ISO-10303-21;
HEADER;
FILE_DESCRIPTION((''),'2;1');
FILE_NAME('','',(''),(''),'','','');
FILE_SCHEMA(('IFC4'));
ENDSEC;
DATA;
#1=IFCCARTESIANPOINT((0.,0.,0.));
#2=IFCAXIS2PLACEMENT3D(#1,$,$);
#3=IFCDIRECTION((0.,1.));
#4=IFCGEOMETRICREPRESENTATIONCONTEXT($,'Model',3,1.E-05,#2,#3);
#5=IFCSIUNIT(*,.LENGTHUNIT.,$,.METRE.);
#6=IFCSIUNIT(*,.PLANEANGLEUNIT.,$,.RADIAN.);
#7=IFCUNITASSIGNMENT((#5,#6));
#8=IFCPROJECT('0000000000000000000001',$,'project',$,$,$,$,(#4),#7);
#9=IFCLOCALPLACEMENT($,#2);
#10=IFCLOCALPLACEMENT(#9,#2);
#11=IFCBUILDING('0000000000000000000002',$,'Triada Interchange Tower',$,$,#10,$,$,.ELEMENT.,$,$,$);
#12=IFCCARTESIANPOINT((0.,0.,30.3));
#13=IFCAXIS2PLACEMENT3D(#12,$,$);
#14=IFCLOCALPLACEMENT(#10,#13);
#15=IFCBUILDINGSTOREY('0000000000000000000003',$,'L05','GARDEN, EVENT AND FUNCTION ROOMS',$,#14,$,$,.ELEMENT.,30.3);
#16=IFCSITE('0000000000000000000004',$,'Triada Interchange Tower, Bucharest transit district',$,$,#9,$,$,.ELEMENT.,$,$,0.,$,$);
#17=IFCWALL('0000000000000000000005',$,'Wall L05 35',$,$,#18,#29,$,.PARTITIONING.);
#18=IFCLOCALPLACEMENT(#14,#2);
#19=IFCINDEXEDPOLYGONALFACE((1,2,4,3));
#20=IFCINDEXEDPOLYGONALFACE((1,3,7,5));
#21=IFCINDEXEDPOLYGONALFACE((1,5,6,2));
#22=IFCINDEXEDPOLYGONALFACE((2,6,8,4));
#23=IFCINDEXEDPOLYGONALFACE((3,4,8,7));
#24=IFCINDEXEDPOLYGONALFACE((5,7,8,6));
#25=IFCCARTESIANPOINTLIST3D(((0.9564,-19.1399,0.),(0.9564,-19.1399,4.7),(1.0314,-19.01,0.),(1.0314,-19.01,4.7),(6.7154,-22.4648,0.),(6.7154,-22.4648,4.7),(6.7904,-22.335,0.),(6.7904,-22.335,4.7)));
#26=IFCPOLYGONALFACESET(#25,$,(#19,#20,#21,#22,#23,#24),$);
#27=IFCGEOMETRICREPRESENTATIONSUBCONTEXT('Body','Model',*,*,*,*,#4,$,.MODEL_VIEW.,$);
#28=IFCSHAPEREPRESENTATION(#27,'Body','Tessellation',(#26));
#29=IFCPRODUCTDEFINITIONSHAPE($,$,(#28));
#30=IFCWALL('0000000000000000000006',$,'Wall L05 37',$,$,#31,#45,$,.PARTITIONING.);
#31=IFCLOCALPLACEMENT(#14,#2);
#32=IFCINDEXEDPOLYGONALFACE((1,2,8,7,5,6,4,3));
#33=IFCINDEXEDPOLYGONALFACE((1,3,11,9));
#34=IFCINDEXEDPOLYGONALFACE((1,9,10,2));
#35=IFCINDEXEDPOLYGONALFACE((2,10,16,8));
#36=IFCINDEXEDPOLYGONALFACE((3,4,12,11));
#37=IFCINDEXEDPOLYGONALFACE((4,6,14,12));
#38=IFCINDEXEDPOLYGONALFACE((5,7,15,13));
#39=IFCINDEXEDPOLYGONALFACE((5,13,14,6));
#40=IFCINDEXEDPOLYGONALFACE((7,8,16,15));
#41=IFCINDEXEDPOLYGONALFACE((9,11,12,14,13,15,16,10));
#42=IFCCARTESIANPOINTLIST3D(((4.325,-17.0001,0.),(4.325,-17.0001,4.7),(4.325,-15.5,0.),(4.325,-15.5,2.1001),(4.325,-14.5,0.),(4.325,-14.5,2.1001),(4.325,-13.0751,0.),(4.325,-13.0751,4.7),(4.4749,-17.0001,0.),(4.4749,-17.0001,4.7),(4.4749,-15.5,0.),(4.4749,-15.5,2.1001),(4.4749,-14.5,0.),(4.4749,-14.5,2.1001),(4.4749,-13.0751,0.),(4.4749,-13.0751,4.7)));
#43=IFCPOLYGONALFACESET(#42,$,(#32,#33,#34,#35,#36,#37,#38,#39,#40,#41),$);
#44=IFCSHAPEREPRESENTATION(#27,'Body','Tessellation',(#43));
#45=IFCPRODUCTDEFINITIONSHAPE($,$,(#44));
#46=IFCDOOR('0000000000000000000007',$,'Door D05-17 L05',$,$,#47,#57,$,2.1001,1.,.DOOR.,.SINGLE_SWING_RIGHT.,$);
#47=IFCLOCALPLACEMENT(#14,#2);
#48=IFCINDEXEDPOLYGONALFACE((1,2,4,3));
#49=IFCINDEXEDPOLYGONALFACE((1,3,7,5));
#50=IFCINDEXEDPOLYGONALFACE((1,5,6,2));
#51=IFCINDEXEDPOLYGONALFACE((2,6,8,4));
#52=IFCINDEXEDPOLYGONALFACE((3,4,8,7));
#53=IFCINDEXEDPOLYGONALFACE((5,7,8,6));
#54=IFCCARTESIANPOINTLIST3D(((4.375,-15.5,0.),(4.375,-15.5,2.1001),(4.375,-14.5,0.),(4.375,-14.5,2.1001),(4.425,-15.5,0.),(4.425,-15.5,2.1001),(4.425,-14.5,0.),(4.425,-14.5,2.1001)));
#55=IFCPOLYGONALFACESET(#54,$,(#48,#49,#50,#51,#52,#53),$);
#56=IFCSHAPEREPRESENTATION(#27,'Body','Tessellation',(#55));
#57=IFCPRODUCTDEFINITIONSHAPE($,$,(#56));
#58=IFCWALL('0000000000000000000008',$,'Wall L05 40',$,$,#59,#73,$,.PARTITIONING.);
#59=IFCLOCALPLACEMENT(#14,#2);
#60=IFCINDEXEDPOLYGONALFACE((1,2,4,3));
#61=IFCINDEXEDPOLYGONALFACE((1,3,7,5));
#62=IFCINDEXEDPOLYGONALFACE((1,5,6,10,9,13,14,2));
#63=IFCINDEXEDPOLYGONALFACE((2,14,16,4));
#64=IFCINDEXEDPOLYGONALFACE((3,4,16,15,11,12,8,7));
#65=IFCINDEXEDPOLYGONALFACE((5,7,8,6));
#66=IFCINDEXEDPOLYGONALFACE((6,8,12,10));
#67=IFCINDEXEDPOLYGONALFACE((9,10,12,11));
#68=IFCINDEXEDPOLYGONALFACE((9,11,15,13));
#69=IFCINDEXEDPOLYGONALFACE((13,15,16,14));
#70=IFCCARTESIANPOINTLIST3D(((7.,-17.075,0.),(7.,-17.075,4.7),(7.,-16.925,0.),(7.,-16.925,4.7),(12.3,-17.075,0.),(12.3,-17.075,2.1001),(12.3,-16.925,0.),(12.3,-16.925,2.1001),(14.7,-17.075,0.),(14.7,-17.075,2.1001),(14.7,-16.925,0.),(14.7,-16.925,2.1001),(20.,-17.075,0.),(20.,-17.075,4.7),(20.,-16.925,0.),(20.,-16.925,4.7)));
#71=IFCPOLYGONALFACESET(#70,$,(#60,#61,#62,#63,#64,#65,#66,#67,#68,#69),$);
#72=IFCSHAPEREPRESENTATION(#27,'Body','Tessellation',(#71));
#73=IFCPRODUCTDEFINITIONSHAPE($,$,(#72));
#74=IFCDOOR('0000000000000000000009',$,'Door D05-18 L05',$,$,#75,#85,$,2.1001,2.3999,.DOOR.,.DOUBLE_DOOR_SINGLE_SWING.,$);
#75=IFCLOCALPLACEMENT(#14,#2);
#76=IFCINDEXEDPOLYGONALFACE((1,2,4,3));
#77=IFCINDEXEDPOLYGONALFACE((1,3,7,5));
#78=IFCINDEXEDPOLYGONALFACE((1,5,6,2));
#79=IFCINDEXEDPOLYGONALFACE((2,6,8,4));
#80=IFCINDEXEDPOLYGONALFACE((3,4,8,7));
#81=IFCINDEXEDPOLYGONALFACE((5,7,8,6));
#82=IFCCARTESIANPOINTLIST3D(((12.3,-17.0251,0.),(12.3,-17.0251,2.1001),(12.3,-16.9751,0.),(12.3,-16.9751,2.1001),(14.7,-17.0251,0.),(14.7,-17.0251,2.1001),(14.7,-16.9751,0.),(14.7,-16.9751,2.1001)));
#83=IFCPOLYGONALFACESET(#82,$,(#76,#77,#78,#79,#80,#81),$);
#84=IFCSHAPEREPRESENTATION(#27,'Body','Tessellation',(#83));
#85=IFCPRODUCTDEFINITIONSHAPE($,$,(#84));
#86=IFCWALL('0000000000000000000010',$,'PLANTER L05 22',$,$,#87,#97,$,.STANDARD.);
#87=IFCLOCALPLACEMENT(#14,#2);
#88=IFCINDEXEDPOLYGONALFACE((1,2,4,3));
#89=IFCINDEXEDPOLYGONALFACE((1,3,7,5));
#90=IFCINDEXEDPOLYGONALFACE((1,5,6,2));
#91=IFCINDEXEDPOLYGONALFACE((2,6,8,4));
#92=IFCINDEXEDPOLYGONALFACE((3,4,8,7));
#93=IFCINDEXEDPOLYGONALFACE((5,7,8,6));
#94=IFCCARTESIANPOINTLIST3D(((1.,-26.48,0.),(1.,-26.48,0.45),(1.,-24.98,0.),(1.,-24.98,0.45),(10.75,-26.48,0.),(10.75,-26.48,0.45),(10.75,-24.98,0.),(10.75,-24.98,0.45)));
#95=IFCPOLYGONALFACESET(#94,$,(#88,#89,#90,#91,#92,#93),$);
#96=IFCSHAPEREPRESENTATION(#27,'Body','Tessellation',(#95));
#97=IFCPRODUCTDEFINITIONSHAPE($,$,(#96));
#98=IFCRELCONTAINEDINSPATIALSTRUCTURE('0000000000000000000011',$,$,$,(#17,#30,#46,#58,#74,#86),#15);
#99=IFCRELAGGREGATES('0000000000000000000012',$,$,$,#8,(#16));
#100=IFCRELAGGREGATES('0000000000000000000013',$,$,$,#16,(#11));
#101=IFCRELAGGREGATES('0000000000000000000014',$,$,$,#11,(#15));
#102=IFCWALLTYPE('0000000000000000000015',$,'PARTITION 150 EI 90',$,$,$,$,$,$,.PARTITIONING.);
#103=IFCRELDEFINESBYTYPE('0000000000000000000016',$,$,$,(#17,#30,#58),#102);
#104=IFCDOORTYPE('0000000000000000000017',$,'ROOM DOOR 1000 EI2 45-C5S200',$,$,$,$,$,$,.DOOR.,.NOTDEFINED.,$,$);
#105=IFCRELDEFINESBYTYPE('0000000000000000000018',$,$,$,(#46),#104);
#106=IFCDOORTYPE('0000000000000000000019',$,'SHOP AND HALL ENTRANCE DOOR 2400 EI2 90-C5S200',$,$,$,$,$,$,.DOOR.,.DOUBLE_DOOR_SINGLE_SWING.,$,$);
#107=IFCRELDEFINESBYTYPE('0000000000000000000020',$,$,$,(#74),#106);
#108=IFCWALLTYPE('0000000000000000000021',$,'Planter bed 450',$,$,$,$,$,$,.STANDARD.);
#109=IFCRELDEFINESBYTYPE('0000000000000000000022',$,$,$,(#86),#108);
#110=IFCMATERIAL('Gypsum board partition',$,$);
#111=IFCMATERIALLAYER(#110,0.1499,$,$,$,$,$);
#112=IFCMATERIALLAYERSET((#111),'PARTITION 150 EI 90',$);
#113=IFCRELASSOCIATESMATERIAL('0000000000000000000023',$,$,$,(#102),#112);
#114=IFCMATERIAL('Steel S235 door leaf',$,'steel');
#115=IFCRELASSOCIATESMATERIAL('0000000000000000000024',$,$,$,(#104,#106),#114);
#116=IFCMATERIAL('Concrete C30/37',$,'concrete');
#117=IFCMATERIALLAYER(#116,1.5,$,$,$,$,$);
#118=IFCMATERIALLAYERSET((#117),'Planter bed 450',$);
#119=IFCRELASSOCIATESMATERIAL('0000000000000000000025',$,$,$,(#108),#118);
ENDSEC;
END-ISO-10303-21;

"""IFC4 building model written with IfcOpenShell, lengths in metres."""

from ifc_helpers import new_model, si_unit, direction, frame, frame_2d, origin, place, context, subcontext, project, spatial, rectangle, extrude, material, layer, layer_set, type_object, element, fill, save


model = new_model("IFC4")

# Units and contexts
model_context = context("Model", 3, precision=1e-05, world=origin(), true_north=direction((0.0, 1.0)))
body_context = subcontext(model_context, "Body", "Model", "MODEL_VIEW")
ifc_project = project(units=[si_unit("LENGTHUNIT", "METRE"), si_unit("PLANEANGLEUNIT", "RADIAN")], contexts=[model_context])

# Site, building, storey
site_placement = place(None, origin())
site = spatial("IfcSite", under=ifc_project, at=site_placement, Name="Triada Interchange Tower, Bucharest transit district", CompositionType="ELEMENT", RefElevation=0.0)
building_placement = place(site_placement, origin())
building = spatial("IfcBuilding", under=site, at=building_placement, Name="Triada Interchange Tower", CompositionType="ELEMENT")
storey_placement = place(building_placement, frame((0.0, 0.0, 30.3)))
storey = spatial("IfcBuildingStorey", under=building, at=storey_placement, Name="L05", Description="GARDEN, EVENT AND FUNCTION ROOMS", CompositionType="ELEMENT", Elevation=30.3)

# Wall
ifc_material_1 = material(Name="Gypsum board partition")
ifc_layer_1 = layer(ifc_material_1, 0.1499)
ifc_layer_set_1 = layer_set([ifc_layer_1], Name="PARTITION 150 EI 90")
wall_type_1 = type_object("IfcWallType", Name="PARTITION 150 EI 90", PredefinedType="PARTITIONING", material=ifc_layer_set_1)
wall_1_placement = place(storey_placement, frame((0.9939, -19.075, 0.0), z_axis=(0.0, 0.0, 1.0), x_axis=(0.866027, -0.499997, 0.0)))
element("IfcWall", 1, at=wall_1_placement, inside=storey, type_object=wall_type_1, Name="Wall L05 35", PredefinedType="PARTITIONING", context=body_context, shape_type="SweptSolid", body=[
    extrude(rectangle(XDim=6.6499, YDim=0.1499, at=frame_2d((3.325, 0.0))), origin(), (0.0, 0.0, 1.0), 4.7),
])

# Walls, openings, doors
wall_2_placement = place(storey_placement, frame((4.3999, -17.0, 0.0), z_axis=(0.0, 0.0, 1.0), x_axis=(0.0, 1.0, 0.0)))
wall_2 = element("IfcWall", 2, at=wall_2_placement, inside=storey, type_object=wall_type_1, Name="Wall L05 37", PredefinedType="PARTITIONING", context=body_context, shape_type="SweptSolid", body=[
    extrude(rectangle(XDim=3.925, YDim=0.1499, at=frame_2d((1.9624, 0.0))), origin(), (0.0, 0.0, 1.0), 4.7),
])
opening_1_placement = place(wall_2_placement, frame((1.5, 0.0, 0.0)))
opening_1 = element("IfcOpeningElement", 3, at=opening_1_placement, cuts=wall_2, PredefinedType="OPENING", context=body_context, shape_type="SweptSolid", body=[
    extrude(rectangle(XDim=1.0, YDim=2.1001, at=frame_2d((0.5, 1.05))), frame((0.0, 0.085, 0.0), z_axis=(0.0, -1.0, 0.0), x_axis=(1.0, 0.0, 0.0)), (0.0, 0.0, 1.0), 0.1699),
])
ifc_material_2 = material(Name="Steel S235 door leaf", Category="steel")
door_type_1 = type_object("IfcDoorType", Name="ROOM DOOR 1000 EI2 45-C5S200", OperationType="NOTDEFINED", PredefinedType="DOOR", material=ifc_material_2)
door_1_placement = place(opening_1_placement, origin())
door_1 = element("IfcDoor", 4, at=door_1_placement, inside=storey, type_object=door_type_1, Name="Door D05-17 L05", OperationType="SINGLE_SWING_RIGHT", OverallHeight=2.1001, OverallWidth=1.0, PredefinedType="DOOR", context=body_context, shape_type="SweptSolid", body=[
    extrude(rectangle(XDim=1.0, YDim=2.1001, at=frame_2d((0.5, 1.05))), frame((0.0, 0.0249, 0.0), z_axis=(0.0, -1.0, 0.0), x_axis=(1.0, 0.0, 0.0)), (0.0, 0.0, 1.0), 0.05),
])
fill(opening_1, door_1)
wall_3_placement = place(storey_placement, frame((7.0, -17.0, 0.0), z_axis=(0.0, 0.0, 1.0), x_axis=(1.0, 0.0, 0.0)))
wall_3 = element("IfcWall", 5, at=wall_3_placement, inside=storey, type_object=wall_type_1, Name="Wall L05 40", PredefinedType="PARTITIONING", context=body_context, shape_type="SweptSolid", body=[
    extrude(rectangle(XDim=13.0, YDim=0.1499, at=frame_2d((6.5, 0.0))), origin(), (0.0, 0.0, 1.0), 4.7),
])
opening_2_placement = place(wall_3_placement, frame((5.3, 0.0, 0.0)))
opening_2 = element("IfcOpeningElement", 6, at=opening_2_placement, cuts=wall_3, PredefinedType="OPENING", context=body_context, shape_type="SweptSolid", body=[
    extrude(rectangle(XDim=2.3999, YDim=2.1001, at=frame_2d((1.2, 1.05))), frame((0.0, 0.085, 0.0), z_axis=(0.0, -1.0, 0.0), x_axis=(1.0, 0.0, 0.0)), (0.0, 0.0, 1.0), 0.1699),
])
door_type_2 = type_object("IfcDoorType", Name="SHOP AND HALL ENTRANCE DOOR 2400 EI2 90-C5S200", OperationType="DOUBLE_DOOR_SINGLE_SWING", PredefinedType="DOOR", material=ifc_material_2)
door_2_placement = place(opening_2_placement, origin())
door_2 = element("IfcDoor", 7, at=door_2_placement, inside=storey, type_object=door_type_2, Name="Door D05-18 L05", OperationType="DOUBLE_DOOR_SINGLE_SWING", OverallHeight=2.1001, OverallWidth=2.3999, PredefinedType="DOOR", context=body_context, shape_type="SweptSolid", body=[
    extrude(rectangle(XDim=2.3999, YDim=2.1001, at=frame_2d((1.2, 1.05))), frame((0.0, 0.0249, 0.0), z_axis=(0.0, -1.0, 0.0), x_axis=(1.0, 0.0, 0.0)), (0.0, 0.0, 1.0), 0.05),
])
fill(opening_2, door_2)

# Wall
ifc_material_3 = material(Name="Concrete C30/37", Category="concrete")
ifc_layer_2 = layer(ifc_material_3, 1.5)
ifc_layer_set_2 = layer_set([ifc_layer_2], Name="Planter bed 450")
wall_type_2 = type_object("IfcWallType", Name="Planter bed 450", PredefinedType="STANDARD", material=ifc_layer_set_2)
wall_4_placement = place(storey_placement, frame((1.0, -25.73, 0.0), z_axis=(0.0, 0.0, 1.0), x_axis=(1.0, 0.0, 0.0)))
element("IfcWall", 8, at=wall_4_placement, inside=storey, type_object=wall_type_2, Name="PLANTER L05 22", PredefinedType="STANDARD", context=body_context, shape_type="SweptSolid", body=[
    extrude(rectangle(XDim=9.75, YDim=1.5, at=frame_2d((4.875, 0.0))), origin(), (0.0, 0.0, 1.0), 0.45),
])

save(model, "model.ifc")
